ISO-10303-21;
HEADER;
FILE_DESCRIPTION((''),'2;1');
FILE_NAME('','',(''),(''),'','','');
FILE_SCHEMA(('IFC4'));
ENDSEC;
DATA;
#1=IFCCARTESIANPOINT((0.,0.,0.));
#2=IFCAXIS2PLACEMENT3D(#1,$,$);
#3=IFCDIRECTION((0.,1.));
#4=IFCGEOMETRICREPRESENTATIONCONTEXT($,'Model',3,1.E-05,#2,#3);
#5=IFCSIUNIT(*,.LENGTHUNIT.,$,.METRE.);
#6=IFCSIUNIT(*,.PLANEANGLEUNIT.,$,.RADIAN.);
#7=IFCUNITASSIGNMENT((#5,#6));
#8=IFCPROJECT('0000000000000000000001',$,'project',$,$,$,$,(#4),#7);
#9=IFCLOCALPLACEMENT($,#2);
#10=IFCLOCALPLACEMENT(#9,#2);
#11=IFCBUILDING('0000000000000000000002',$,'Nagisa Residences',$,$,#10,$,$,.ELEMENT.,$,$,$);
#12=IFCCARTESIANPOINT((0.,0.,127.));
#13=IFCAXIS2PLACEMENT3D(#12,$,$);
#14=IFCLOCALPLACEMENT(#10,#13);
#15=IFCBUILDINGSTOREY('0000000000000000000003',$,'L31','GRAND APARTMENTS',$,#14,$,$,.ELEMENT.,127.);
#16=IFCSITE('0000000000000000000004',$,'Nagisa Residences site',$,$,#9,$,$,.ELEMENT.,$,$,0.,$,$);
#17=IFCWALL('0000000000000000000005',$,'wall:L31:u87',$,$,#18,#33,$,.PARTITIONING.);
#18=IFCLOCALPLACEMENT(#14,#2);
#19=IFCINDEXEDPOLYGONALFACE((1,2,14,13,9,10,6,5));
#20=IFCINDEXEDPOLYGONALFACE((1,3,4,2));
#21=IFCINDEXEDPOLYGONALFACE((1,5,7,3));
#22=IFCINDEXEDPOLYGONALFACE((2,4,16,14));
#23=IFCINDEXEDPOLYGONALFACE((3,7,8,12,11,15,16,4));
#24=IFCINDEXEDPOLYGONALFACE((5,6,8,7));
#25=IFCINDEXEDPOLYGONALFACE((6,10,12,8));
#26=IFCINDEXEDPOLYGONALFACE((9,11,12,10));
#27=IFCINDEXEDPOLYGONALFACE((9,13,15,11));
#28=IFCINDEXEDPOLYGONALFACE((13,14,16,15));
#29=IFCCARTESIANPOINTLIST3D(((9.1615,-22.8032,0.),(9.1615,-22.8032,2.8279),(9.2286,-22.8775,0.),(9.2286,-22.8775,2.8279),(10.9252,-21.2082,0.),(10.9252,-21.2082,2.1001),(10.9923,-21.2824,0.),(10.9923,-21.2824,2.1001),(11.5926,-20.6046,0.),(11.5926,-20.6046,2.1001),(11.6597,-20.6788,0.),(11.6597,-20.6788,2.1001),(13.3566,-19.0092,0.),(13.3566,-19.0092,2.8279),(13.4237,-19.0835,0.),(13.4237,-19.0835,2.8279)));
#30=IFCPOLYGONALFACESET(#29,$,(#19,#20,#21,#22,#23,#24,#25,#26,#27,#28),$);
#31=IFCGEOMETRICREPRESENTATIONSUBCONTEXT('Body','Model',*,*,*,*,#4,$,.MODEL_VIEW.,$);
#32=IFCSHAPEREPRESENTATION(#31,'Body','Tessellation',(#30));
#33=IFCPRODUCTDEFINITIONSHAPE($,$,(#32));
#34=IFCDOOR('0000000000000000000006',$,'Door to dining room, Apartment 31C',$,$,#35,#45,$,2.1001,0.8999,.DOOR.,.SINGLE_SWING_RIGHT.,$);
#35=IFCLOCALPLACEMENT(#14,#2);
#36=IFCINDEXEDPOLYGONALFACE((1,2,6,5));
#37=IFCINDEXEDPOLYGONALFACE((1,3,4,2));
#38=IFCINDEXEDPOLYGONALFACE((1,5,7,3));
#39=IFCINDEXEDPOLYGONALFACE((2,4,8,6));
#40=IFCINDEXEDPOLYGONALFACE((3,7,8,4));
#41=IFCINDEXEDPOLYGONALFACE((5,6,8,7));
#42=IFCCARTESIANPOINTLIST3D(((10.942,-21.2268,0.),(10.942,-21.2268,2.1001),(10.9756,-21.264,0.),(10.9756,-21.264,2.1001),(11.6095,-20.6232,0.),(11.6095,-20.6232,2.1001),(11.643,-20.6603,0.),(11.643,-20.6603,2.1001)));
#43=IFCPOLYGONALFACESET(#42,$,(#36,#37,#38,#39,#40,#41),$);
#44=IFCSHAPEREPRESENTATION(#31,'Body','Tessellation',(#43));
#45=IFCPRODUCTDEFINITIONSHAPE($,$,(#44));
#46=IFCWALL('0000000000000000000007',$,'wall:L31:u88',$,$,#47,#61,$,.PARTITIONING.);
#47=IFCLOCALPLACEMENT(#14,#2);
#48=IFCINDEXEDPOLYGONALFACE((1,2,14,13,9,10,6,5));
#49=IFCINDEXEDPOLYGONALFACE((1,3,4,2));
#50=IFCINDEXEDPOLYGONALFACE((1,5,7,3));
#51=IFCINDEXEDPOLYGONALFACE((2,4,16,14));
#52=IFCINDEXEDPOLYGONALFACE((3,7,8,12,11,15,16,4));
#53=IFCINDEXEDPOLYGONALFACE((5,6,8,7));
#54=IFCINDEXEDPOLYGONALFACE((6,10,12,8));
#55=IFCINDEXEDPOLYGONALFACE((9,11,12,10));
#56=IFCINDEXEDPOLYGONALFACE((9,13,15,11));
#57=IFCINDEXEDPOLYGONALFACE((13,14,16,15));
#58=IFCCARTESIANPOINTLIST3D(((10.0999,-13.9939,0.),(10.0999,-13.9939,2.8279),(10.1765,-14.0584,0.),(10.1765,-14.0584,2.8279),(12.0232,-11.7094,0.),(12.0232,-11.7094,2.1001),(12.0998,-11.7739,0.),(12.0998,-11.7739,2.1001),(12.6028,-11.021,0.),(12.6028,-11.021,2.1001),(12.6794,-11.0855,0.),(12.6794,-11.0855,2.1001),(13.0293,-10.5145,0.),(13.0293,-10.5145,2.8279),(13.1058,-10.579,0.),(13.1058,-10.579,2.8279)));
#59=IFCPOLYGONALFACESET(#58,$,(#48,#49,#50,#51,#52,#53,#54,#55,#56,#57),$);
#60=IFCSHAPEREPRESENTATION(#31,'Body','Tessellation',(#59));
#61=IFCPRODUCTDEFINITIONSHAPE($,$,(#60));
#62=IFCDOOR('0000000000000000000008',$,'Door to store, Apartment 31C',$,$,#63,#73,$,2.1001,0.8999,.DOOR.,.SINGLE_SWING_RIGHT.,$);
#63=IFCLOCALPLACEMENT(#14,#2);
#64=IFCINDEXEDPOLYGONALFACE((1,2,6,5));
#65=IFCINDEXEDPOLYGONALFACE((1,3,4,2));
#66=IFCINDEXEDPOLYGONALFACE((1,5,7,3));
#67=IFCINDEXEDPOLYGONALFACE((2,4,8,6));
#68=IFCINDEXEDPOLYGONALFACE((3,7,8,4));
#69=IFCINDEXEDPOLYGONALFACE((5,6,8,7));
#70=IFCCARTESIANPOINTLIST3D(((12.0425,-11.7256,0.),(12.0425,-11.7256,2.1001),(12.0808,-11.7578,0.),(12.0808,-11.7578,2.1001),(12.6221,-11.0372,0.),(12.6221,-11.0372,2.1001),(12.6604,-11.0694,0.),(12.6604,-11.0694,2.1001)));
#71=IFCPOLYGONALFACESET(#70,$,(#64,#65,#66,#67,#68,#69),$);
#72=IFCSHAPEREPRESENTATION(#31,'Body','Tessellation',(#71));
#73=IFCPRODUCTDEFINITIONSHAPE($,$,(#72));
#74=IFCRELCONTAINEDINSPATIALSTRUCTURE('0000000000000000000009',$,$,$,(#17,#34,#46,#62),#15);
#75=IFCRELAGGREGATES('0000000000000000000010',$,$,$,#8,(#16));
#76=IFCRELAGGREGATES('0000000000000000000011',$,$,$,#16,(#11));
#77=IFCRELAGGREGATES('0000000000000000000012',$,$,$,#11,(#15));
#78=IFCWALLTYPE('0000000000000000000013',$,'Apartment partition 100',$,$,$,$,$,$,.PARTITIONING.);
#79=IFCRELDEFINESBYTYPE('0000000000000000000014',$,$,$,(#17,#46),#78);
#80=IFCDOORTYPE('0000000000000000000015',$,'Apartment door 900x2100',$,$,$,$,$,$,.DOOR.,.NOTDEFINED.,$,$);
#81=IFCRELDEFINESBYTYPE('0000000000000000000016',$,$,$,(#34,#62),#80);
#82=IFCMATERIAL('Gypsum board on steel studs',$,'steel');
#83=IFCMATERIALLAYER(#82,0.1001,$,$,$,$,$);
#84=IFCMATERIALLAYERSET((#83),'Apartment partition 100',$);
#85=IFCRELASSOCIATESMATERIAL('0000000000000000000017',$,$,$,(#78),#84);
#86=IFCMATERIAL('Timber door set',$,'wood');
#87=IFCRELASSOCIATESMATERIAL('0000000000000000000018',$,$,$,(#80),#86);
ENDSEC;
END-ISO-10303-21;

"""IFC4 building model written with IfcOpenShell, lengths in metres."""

from ifc_helpers import new_model, si_unit, direction, frame, frame_2d, origin, place, context, subcontext, project, spatial, rectangle, extrude, material, layer, layer_set, type_object, element, fill, save


model = new_model("IFC4")

# Units and contexts
model_context = context("Model", 3, precision=1e-05, world=origin(), true_north=direction((0.0, 1.0)))
body_context = subcontext(model_context, "Body", "Model", "MODEL_VIEW")
ifc_project = project(units=[si_unit("LENGTHUNIT", "METRE"), si_unit("PLANEANGLEUNIT", "RADIAN")], contexts=[model_context])

# Site, building, storey
site_placement = place(None, origin())
site = spatial("IfcSite", under=ifc_project, at=site_placement, Name="Nagisa Residences site", CompositionType="ELEMENT", RefElevation=0.0)
building_placement = place(site_placement, origin())
building = spatial("IfcBuilding", under=site, at=building_placement, Name="Nagisa Residences", CompositionType="ELEMENT")
storey_placement = place(building_placement, frame((0.0, 0.0, 127.0)))
storey = spatial("IfcBuildingStorey", under=building, at=storey_placement, Name="L31", Description="GRAND APARTMENTS", CompositionType="ELEMENT", Elevation=127.0)

# Shared definitions
ifc_material_1 = material(Name="Gypsum board on steel studs", Category="steel")
ifc_layer_1 = layer(ifc_material_1, 0.1001)
ifc_layer_set_1 = layer_set([ifc_layer_1], Name="Apartment partition 100")
wall_type_1 = type_object("IfcWallType", Name="Apartment partition 100", PredefinedType="PARTITIONING", material=ifc_layer_set_1)
ifc_material_2 = material(Name="Timber door set", Category="wood")
door_type_1 = type_object("IfcDoorType", Name="Apartment door 900x2100", OperationType="NOTDEFINED", PredefinedType="DOOR", material=ifc_material_2)

# Walls, openings, doors
wall_1_placement = place(storey_placement, frame((9.1951, -22.8403, 0.0), z_axis=(0.0, 0.0, 1.0), x_axis=(0.741676, 0.670758, 0.0)))
wall_1 = element("IfcWall", 1, at=wall_1_placement, inside=storey, type_object=wall_type_1, Name="wall:L31:u87", PredefinedType="PARTITIONING", context=body_context, shape_type="SweptSolid", body=[
    extrude(rectangle(XDim=5.6562, YDim=0.1001, at=frame_2d((2.8281, 0.0))), origin(), (0.0, 0.0, 1.0), 2.8279),
])
opening_1_placement = place(wall_1_placement, frame((2.3779, 0.0, 0.0)))
opening_1 = element("IfcOpeningElement", 2, at=opening_1_placement, cuts=wall_1, PredefinedType="OPENING", context=body_context, shape_type="SweptSolid", body=[
    extrude(rectangle(XDim=0.8999, YDim=2.1001, at=frame_2d((0.45, 1.05))), frame((0.0, 0.0601, 0.0), z_axis=(0.0, -1.0, 0.0), x_axis=(1.0, 0.0, 0.0)), (0.0, 0.0, 1.0), 0.1201),
])
door_1_placement = place(opening_1_placement, origin())
door_1 = element("IfcDoor", 3, at=door_1_placement, inside=storey, type_object=door_type_1, Name="Door to dining room, Apartment 31C", OperationType="SINGLE_SWING_RIGHT", OverallHeight=2.1001, OverallWidth=0.8999, PredefinedType="DOOR", context=body_context, shape_type="SweptSolid", body=[
    extrude(rectangle(XDim=0.8999, YDim=2.1001, at=frame_2d((0.45, 1.05))), frame((0.0, 0.0249, 0.0), z_axis=(0.0, -1.0, 0.0), x_axis=(1.0, 0.0, 0.0)), (0.0, 0.0, 1.0), 0.05),
])
fill(opening_1, door_1)
wall_2_placement = place(storey_placement, frame((10.1382, -14.0261, 0.0), z_axis=(0.0, 0.0, 1.0), x_axis=(0.644051, 0.764982, 0.0)))
wall_2 = element("IfcWall", 4, at=wall_2_placement, inside=storey, type_object=wall_type_1, Name="wall:L31:u88", PredefinedType="PARTITIONING", context=body_context, shape_type="SweptSolid", body=[
    extrude(rectangle(XDim=4.5483, YDim=0.1001, at=frame_2d((2.2742, 0.0))), origin(), (0.0, 0.0, 1.0), 2.8279),
])
opening_2_placement = place(wall_2_placement, frame((2.9863, 0.0, 0.0)))
opening_2 = element("IfcOpeningElement", 5, at=opening_2_placement, cuts=wall_2, PredefinedType="OPENING", context=body_context, shape_type="SweptSolid", body=[
    extrude(rectangle(XDim=0.8999, YDim=2.1001, at=frame_2d((0.45, 1.05))), frame((0.0, 0.0601, 0.0), z_axis=(0.0, -1.0, 0.0), x_axis=(1.0, 0.0, 0.0)), (0.0, 0.0, 1.0), 0.1201),
])
door_2_placement = place(opening_2_placement, origin())
door_2 = element("IfcDoor", 6, at=door_2_placement, inside=storey, type_object=door_type_1, Name="Door to store, Apartment 31C", OperationType="SINGLE_SWING_RIGHT", OverallHeight=2.1001, OverallWidth=0.8999, PredefinedType="DOOR", context=body_context, shape_type="SweptSolid", body=[
    extrude(rectangle(XDim=0.8999, YDim=2.1001, at=frame_2d((0.45, 1.05))), frame((0.0, 0.0249, 0.0), z_axis=(0.0, -1.0, 0.0), x_axis=(1.0, 0.0, 0.0)), (0.0, 0.0, 1.0), 0.05),
])
fill(opening_2, door_2)

save(model, "model.ifc")
